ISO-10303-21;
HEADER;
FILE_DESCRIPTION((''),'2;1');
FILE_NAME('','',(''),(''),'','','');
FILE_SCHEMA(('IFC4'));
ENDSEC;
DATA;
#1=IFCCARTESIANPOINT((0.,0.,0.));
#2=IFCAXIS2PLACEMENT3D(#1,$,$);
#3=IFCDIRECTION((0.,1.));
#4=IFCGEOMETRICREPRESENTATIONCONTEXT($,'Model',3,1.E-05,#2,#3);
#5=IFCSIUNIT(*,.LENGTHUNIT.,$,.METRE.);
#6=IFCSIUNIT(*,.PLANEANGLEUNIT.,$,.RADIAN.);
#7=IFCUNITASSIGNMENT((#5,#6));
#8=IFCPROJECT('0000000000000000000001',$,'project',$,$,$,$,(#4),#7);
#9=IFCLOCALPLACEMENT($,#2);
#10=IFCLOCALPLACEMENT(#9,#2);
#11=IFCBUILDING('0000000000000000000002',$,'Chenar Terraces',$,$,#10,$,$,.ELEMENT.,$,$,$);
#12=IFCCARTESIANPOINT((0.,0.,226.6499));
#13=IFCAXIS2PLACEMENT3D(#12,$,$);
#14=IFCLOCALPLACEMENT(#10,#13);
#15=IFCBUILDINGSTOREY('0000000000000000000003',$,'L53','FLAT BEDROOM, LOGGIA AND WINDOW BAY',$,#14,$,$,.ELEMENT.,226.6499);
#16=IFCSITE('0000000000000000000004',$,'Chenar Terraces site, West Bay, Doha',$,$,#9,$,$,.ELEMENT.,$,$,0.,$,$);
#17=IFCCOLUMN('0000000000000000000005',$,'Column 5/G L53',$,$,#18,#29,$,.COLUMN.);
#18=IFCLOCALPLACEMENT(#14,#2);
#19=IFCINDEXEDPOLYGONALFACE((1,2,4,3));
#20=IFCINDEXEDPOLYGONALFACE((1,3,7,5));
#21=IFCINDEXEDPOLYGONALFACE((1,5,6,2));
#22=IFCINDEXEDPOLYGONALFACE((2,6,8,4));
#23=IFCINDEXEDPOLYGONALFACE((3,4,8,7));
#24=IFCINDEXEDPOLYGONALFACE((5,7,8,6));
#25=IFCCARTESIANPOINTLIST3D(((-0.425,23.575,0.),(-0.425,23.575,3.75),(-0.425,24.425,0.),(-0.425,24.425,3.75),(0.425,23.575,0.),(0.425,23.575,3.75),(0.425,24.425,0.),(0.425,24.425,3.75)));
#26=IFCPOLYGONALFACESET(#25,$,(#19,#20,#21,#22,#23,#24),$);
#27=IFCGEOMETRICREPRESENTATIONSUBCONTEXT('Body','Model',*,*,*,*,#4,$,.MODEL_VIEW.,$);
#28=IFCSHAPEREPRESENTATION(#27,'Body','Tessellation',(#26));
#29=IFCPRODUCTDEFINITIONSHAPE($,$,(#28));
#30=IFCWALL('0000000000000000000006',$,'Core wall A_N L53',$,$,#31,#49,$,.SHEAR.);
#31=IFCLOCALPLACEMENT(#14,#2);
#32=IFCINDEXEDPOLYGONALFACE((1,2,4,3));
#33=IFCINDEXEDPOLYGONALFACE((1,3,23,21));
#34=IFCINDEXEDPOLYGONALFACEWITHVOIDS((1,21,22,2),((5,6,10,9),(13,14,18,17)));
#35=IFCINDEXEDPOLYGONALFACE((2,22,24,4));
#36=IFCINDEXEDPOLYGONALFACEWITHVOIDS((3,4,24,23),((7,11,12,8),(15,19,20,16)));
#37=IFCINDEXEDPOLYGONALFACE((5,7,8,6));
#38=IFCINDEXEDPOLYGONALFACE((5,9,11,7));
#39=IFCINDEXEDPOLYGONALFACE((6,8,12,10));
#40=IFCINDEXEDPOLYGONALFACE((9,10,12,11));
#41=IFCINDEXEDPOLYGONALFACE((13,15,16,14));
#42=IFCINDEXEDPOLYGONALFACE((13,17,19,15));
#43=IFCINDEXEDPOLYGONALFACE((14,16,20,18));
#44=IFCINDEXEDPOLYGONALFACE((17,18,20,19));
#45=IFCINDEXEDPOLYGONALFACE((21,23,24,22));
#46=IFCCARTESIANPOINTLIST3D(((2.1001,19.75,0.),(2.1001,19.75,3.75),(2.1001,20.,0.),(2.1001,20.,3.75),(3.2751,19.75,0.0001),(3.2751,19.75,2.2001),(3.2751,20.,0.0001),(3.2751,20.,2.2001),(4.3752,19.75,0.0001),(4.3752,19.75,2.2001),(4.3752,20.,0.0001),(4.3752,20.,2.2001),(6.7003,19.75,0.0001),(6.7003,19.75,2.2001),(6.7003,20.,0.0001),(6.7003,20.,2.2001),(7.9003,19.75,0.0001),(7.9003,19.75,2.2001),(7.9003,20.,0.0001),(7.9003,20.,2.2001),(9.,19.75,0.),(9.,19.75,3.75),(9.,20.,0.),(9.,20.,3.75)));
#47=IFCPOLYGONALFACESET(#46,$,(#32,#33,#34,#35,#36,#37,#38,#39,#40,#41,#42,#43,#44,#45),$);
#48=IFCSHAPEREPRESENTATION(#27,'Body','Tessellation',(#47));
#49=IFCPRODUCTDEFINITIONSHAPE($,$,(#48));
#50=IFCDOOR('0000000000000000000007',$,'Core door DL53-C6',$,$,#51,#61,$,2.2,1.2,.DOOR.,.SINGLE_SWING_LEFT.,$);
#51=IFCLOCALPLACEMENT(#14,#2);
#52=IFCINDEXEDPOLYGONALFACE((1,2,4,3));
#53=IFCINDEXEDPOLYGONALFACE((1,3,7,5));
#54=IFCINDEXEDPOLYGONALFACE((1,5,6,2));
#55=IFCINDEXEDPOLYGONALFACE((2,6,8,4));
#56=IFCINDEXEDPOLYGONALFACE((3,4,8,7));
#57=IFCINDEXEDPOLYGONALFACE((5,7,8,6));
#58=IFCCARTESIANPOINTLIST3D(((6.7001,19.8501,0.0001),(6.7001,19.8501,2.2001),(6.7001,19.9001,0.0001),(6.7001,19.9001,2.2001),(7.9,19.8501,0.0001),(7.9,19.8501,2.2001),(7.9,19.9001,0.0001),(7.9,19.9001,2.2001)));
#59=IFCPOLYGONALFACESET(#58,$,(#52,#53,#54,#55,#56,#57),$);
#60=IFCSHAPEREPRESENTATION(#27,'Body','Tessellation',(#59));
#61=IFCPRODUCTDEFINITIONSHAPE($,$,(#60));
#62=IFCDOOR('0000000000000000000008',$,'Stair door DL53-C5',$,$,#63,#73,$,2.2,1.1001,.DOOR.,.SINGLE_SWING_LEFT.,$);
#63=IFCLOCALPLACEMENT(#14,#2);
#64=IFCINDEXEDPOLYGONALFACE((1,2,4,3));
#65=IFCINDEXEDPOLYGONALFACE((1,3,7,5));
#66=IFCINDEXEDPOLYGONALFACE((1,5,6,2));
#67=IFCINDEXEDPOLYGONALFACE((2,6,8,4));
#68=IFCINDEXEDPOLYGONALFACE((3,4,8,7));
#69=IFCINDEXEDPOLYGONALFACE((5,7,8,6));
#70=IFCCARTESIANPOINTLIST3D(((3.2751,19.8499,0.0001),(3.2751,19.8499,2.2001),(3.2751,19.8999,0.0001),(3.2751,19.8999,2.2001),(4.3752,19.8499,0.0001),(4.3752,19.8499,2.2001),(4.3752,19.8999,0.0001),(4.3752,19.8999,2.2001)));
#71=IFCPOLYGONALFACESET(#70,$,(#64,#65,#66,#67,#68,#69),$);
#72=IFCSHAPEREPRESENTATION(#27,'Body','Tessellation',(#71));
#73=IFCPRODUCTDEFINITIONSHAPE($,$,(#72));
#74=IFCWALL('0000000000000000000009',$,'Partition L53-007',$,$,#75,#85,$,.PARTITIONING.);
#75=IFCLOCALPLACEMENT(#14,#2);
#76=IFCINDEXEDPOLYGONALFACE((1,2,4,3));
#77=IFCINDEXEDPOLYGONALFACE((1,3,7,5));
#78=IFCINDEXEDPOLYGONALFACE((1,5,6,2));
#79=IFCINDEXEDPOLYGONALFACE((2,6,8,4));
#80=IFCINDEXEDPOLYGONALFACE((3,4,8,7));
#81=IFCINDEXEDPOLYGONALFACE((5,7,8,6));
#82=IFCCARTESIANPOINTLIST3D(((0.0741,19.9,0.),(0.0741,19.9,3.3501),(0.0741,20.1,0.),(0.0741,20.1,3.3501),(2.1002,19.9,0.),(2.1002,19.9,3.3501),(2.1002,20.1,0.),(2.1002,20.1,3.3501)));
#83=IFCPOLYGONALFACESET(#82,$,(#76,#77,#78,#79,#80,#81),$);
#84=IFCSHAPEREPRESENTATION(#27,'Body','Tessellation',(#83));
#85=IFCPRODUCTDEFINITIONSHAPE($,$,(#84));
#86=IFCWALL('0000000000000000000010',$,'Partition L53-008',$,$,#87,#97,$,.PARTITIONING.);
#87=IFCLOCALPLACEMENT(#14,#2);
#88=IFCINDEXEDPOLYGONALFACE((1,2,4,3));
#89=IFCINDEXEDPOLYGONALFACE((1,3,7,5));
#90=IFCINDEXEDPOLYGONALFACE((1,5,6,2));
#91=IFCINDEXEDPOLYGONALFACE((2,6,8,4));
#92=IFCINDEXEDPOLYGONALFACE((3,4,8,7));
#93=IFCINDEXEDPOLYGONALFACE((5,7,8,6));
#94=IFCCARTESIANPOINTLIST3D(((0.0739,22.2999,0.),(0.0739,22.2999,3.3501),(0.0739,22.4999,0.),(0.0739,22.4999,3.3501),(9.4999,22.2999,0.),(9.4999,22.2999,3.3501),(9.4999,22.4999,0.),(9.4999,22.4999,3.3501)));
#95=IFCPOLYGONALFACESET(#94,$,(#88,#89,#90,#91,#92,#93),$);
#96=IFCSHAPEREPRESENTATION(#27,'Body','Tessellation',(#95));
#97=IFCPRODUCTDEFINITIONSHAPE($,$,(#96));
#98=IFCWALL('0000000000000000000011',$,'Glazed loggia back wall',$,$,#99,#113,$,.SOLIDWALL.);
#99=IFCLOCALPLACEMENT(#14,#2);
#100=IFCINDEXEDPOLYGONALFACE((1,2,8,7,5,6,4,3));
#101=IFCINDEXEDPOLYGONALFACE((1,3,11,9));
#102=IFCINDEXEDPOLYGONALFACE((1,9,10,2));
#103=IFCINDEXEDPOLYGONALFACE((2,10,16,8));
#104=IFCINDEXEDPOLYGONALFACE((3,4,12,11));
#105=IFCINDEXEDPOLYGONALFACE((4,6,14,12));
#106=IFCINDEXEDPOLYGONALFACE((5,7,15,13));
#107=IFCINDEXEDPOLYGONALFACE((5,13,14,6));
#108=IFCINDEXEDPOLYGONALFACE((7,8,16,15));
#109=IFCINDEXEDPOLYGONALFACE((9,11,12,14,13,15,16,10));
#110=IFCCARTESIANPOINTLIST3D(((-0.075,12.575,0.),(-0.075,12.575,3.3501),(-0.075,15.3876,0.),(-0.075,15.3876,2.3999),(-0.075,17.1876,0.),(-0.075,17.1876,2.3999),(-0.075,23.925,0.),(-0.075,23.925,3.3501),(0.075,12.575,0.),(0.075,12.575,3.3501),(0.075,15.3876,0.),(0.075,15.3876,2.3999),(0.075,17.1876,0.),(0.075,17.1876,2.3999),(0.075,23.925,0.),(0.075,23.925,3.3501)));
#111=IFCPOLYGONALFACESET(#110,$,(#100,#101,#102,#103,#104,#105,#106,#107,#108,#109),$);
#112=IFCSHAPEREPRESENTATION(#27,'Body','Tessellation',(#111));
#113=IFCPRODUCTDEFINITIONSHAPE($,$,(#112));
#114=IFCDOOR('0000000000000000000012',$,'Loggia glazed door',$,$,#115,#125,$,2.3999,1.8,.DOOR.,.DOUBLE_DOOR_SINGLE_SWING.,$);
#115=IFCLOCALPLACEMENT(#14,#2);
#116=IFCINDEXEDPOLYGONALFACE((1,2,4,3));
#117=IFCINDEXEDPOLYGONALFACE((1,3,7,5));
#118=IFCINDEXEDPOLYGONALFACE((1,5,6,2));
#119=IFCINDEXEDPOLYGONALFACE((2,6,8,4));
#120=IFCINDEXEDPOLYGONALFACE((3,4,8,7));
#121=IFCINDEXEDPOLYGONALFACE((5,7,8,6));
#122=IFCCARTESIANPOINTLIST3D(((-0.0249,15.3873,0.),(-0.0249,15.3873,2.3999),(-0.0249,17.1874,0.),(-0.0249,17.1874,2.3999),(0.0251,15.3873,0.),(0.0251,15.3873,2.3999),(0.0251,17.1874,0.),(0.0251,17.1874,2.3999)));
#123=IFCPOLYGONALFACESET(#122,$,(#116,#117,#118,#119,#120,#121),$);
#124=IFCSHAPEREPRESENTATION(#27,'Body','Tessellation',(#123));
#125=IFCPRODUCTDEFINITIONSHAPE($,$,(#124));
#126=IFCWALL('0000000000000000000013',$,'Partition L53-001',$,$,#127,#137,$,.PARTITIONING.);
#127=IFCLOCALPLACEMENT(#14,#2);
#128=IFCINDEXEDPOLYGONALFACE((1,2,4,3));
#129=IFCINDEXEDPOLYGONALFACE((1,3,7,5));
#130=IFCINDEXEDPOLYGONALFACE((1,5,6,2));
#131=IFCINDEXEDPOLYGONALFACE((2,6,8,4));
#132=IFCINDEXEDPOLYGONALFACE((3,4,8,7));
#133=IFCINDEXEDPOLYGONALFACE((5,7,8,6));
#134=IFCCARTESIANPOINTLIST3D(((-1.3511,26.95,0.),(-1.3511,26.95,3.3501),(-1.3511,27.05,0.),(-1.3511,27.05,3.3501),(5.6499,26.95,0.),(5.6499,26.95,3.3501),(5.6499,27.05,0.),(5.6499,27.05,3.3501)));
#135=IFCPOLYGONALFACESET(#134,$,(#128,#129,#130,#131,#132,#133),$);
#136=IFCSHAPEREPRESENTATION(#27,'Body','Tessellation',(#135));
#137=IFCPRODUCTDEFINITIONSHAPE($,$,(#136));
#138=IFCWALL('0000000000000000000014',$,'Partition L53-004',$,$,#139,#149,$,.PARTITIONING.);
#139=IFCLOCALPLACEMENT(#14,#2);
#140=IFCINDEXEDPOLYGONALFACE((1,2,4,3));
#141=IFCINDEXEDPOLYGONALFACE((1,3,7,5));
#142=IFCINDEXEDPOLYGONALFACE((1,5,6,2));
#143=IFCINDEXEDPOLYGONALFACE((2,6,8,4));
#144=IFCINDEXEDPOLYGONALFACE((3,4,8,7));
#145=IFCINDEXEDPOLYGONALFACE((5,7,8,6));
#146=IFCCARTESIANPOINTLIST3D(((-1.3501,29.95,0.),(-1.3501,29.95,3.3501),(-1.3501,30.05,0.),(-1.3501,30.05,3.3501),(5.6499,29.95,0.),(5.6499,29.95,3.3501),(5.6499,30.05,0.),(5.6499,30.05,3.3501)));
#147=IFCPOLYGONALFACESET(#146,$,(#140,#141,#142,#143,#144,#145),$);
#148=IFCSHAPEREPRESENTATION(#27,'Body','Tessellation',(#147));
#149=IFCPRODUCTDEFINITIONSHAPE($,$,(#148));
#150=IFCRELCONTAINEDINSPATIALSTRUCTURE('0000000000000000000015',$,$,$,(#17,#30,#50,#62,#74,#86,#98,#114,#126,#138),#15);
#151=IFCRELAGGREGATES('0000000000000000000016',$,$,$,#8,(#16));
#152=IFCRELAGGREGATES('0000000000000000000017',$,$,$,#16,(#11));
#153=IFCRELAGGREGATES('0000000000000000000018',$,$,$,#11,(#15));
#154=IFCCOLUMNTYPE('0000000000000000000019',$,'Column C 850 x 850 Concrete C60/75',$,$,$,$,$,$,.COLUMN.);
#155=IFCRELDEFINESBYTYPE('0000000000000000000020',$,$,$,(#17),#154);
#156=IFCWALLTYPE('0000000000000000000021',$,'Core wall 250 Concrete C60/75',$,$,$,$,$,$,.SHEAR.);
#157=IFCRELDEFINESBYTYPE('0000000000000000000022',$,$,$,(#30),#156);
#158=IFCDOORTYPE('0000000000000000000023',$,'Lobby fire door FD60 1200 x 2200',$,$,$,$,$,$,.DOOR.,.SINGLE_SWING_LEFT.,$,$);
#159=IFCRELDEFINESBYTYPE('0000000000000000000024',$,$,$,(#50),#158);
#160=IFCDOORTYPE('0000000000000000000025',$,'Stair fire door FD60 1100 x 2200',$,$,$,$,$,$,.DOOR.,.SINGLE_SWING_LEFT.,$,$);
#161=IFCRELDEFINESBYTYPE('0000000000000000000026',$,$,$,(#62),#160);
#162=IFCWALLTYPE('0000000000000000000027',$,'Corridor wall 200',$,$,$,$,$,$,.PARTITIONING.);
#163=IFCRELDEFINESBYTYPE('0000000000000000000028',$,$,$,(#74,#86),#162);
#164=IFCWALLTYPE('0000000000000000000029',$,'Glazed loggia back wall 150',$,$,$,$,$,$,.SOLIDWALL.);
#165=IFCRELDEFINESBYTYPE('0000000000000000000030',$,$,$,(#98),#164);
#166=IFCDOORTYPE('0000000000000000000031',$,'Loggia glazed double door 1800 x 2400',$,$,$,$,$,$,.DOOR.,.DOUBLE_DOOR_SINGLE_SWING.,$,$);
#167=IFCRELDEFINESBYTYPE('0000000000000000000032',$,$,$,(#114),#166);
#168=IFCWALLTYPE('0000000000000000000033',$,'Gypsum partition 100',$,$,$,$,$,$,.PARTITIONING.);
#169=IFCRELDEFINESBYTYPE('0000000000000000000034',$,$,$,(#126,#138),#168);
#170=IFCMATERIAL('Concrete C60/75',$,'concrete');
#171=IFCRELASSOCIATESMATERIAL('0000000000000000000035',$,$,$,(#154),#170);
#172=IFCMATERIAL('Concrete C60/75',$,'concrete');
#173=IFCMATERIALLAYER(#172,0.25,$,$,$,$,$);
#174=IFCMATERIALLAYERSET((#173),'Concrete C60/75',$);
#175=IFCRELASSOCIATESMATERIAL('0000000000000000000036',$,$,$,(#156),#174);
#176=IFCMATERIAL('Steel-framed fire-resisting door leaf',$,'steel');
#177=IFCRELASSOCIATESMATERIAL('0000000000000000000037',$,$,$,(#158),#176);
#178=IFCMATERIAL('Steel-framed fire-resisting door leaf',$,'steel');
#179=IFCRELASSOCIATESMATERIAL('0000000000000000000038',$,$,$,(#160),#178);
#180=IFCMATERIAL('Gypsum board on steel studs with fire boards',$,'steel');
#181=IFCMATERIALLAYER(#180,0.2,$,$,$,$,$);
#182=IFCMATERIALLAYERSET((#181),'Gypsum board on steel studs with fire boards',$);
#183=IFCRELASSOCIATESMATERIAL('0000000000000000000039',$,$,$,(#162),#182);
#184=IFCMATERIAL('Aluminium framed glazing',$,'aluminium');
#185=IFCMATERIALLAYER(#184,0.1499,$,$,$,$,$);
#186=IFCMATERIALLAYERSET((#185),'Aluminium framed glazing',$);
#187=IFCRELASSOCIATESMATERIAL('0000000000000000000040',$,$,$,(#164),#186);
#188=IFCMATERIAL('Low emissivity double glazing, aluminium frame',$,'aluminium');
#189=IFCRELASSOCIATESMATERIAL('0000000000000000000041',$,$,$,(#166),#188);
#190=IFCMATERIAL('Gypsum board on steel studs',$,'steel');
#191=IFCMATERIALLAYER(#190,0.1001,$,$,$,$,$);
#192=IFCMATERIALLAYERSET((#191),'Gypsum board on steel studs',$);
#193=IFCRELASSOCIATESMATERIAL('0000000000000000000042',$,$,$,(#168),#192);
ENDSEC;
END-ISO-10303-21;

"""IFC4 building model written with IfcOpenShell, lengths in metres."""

from ifc_helpers import new_model, si_unit, direction, frame, frame_2d, origin, origin_2d, place, context, subcontext, project, spatial, rectangle, extrude, material, layer, layer_set, material_profile, profile_set, type_object, element, fill, save


model = new_model("IFC4")

# Units and contexts
model_context = context("Model", 3, precision=1e-05, world=origin(), true_north=direction((0.0, 1.0)))
body_context = subcontext(model_context, "Body", "Model", "MODEL_VIEW")
ifc_project = project(units=[si_unit("LENGTHUNIT", "METRE"), si_unit("PLANEANGLEUNIT", "RADIAN")], contexts=[model_context])

# Site, building, storey
site_placement = place(None, origin())
site = spatial("IfcSite", under=ifc_project, at=site_placement, Name="Chenar Terraces site, West Bay, Doha", CompositionType="ELEMENT", RefElevation=0.0)
building_placement = place(site_placement, origin())
building = spatial("IfcBuilding", under=site, at=building_placement, Name="Chenar Terraces", CompositionType="ELEMENT")
storey_placement = place(building_placement, frame((0.0, 0.0, 226.6499)))
storey = spatial("IfcBuildingStorey", under=building, at=storey_placement, Name="L53", Description="FLAT BEDROOM, LOGGIA AND WINDOW BAY", CompositionType="ELEMENT", Elevation=226.6499)

# Column
ifc_material_1 = material(Name="Concrete C60/75", Category="concrete")
ifc_material_profile_1 = material_profile(ifc_material_1, rectangle(XDim=0.8501, YDim=0.8501, at=origin_2d()), Name="C 850 x 850")
ifc_profile_set_1 = profile_set([ifc_material_profile_1], Name="Concrete C60/75")
column_type = type_object("IfcColumnType", Name="Column C 850 x 850 Concrete C60/75", PredefinedType="COLUMN", material=ifc_profile_set_1)
column_placement = place(storey_placement, frame((0.0, 24.0, 0.0), z_axis=(0.0, 0.0, 1.0), x_axis=(1.0, 0.0, 0.0)))
element("IfcColumn", 1, at=column_placement, inside=storey, type_object=column_type, Name="Column 5/G L53", PredefinedType="COLUMN", context=body_context, shape_type="SweptSolid", body=[
    extrude(rectangle(XDim=0.8501, YDim=0.8501, at=origin_2d()), origin(), (0.0, 0.0, 1.0), 3.75),
])

# Wall, openings, doors
ifc_material_2 = material(Name="Concrete C60/75", Category="concrete")
ifc_layer_1 = layer(ifc_material_2, 0.25)
ifc_layer_set_1 = layer_set([ifc_layer_1], Name="Concrete C60/75")
wall_type_1 = type_object("IfcWallType", Name="Core wall 250 Concrete C60/75", PredefinedType="SHEAR", material=ifc_layer_set_1)
wall_1_placement = place(storey_placement, frame((2.1001, 19.875, 0.0), z_axis=(0.0, 0.0, 1.0), x_axis=(1.0, 0.0, 0.0)))
wall_1 = element("IfcWall", 2, at=wall_1_placement, inside=storey, type_object=wall_type_1, Name="Core wall A_N L53", PredefinedType="SHEAR", context=body_context, shape_type="SweptSolid", body=[
    extrude(rectangle(XDim=6.8999, YDim=0.25, at=frame_2d((3.45, 0.0))), origin(), (0.0, 0.0, 1.0), 3.75),
])
opening_1_placement = place(wall_1_placement, frame((1.175, 0.0, 0.0)))
opening_1 = element("IfcOpeningElement", 3, at=opening_1_placement, cuts=wall_1, PredefinedType="OPENING", context=body_context, shape_type="SweptSolid", body=[
    extrude(rectangle(XDim=1.1001, YDim=2.2, at=frame_2d((0.55, 1.1001))), frame((0.0, 0.135, 0.0), z_axis=(0.0, -1.0, 0.0), x_axis=(1.0, 0.0, 0.0)), (0.0, 0.0, 1.0), 0.27),
])
opening_2_placement = place(wall_1_placement, frame((4.6001, 0.0, 0.0)))
opening_2 = element("IfcOpeningElement", 4, at=opening_2_placement, cuts=wall_1, PredefinedType="OPENING", context=body_context, shape_type="SweptSolid", body=[
    extrude(rectangle(XDim=1.2, YDim=2.2, at=frame_2d((0.6001, 1.1001))), frame((0.0, 0.135, 0.0), z_axis=(0.0, -1.0, 0.0), x_axis=(1.0, 0.0, 0.0)), (0.0, 0.0, 1.0), 0.27),
])
ifc_material_3 = material(Name="Steel-framed fire-resisting door leaf", Category="steel")
door_type_1 = type_object("IfcDoorType", Name="Lobby fire door FD60 1200 x 2200", OperationType="SINGLE_SWING_LEFT", PredefinedType="DOOR", material=ifc_material_3)
door_1_placement = place(opening_2_placement, frame((1.2, 0.0, 0.0), z_axis=(0.0, 0.0, 1.0), x_axis=(-1.0, 0.0, 0.0)))
door_1 = element("IfcDoor", 5, at=door_1_placement, inside=storey, type_object=door_type_1, Name="Core door DL53-C6", OperationType="SINGLE_SWING_LEFT", OverallHeight=2.2, OverallWidth=1.2, PredefinedType="DOOR", context=body_context, shape_type="SweptSolid", body=[
    extrude(rectangle(XDim=1.2, YDim=2.2, at=frame_2d((0.6001, 1.1001))), frame((0.0, 0.0249, 0.0), z_axis=(0.0, -1.0, 0.0), x_axis=(1.0, 0.0, 0.0)), (0.0, 0.0, 1.0), 0.05),
])
fill(opening_2, door_1)
ifc_material_4 = material(Name="Steel-framed fire-resisting door leaf", Category="steel")
door_type_2 = type_object("IfcDoorType", Name="Stair fire door FD60 1100 x 2200", OperationType="SINGLE_SWING_LEFT", PredefinedType="DOOR", material=ifc_material_4)
door_2_placement = place(opening_1_placement, origin())
door_2 = element("IfcDoor", 6, at=door_2_placement, inside=storey, type_object=door_type_2, Name="Stair door DL53-C5", OperationType="SINGLE_SWING_LEFT", OverallHeight=2.2, OverallWidth=1.1001, PredefinedType="DOOR", context=body_context, shape_type="SweptSolid", body=[
    extrude(rectangle(XDim=1.1001, YDim=2.2, at=frame_2d((0.55, 1.1001))), frame((0.0, 0.0249, 0.0), z_axis=(0.0, -1.0, 0.0), x_axis=(1.0, 0.0, 0.0)), (0.0, 0.0, 1.0), 0.05),
])
fill(opening_1, door_2)

# Walls
ifc_material_5 = material(Name="Gypsum board on steel studs with fire boards", Category="steel")
ifc_layer_2 = layer(ifc_material_5, 0.2)
ifc_layer_set_2 = layer_set([ifc_layer_2], Name="Gypsum board on steel studs with fire boards")
wall_type_2 = type_object("IfcWallType", Name="Corridor wall 200", PredefinedType="PARTITIONING", material=ifc_layer_set_2)
wall_2_placement = place(storey_placement, frame((0.074, 20.0, 0.0), z_axis=(0.0, 0.0, 1.0), x_axis=(1.0, 0.0, 0.0)))
element("IfcWall", 7, at=wall_2_placement, inside=storey, type_object=wall_type_2, Name="Partition L53-007", PredefinedType="PARTITIONING", context=body_context, shape_type="SweptSolid", body=[
    extrude(rectangle(XDim=2.0261, YDim=0.2, at=frame_2d((1.0132, 0.0))), origin(), (0.0, 0.0, 1.0), 3.3501),
])
wall_3_placement = place(storey_placement, frame((0.074, 22.3999, 0.0), z_axis=(0.0, 0.0, 1.0), x_axis=(1.0, 0.0, 0.0)))
element("IfcWall", 8, at=wall_3_placement, inside=storey, type_object=wall_type_2, Name="Partition L53-008", PredefinedType="PARTITIONING", context=body_context, shape_type="SweptSolid", body=[
    extrude(rectangle(XDim=9.426, YDim=0.2, at=frame_2d((4.7129, 0.0))), origin(), (0.0, 0.0, 1.0), 3.3501),
])

# Wall, opening, door
ifc_material_6 = material(Name="Aluminium framed glazing", Category="aluminium")
ifc_layer_3 = layer(ifc_material_6, 0.1499)
ifc_layer_set_3 = layer_set([ifc_layer_3], Name="Aluminium framed glazing")
wall_type_3 = type_object("IfcWallType", Name="Glazed loggia back wall 150", PredefinedType="SOLIDWALL", material=ifc_layer_set_3)
wall_4_placement = place(storey_placement, frame((0.0, 23.925, 0.0), z_axis=(0.0, 0.0, 1.0), x_axis=(0.0, -1.0, 0.0)))
wall_4 = element("IfcWall", 9, at=wall_4_placement, inside=storey, type_object=wall_type_3, Name="Glazed loggia back wall", PredefinedType="SOLIDWALL", context=body_context, shape_type="SweptSolid", body=[
    extrude(rectangle(XDim=11.3501, YDim=0.1499, at=frame_2d((5.675, 0.0))), origin(), (0.0, 0.0, 1.0), 3.3501),
])
opening_3_placement = place(wall_4_placement, frame((6.7375, 0.0, 0.0)))
opening_3 = element("IfcOpeningElement", 10, at=opening_3_placement, cuts=wall_4, PredefinedType="OPENING", context=body_context, shape_type="SweptSolid", body=[
    extrude(rectangle(XDim=1.8, YDim=2.3999, at=frame_2d((0.8999, 1.2))), frame((0.0, 0.085, 0.0), z_axis=(0.0, -1.0, 0.0), x_axis=(1.0, 0.0, 0.0)), (0.0, 0.0, 1.0), 0.1699),
])
ifc_material_7 = material(Name="Low emissivity double glazing, aluminium frame", Category="aluminium")
door_type_3 = type_object("IfcDoorType", Name="Loggia glazed double door 1800 x 2400", OperationType="DOUBLE_DOOR_SINGLE_SWING", PredefinedType="DOOR", material=ifc_material_7)
door_3_placement = place(opening_3_placement, frame((1.8, 0.0, 0.0), z_axis=(0.0, 0.0, 1.0), x_axis=(-1.0, 0.0, 0.0)))
door_3 = element("IfcDoor", 11, at=door_3_placement, inside=storey, type_object=door_type_3, Name="Loggia glazed door", OperationType="DOUBLE_DOOR_SINGLE_SWING", OverallHeight=2.3999, OverallWidth=1.8, PredefinedType="DOOR", context=body_context, shape_type="SweptSolid", body=[
    extrude(rectangle(XDim=1.8, YDim=2.3999, at=frame_2d((0.8999, 1.2))), frame((0.0, 0.0249, 0.0), z_axis=(0.0, -1.0, 0.0), x_axis=(1.0, 0.0, 0.0)), (0.0, 0.0, 1.0), 0.05),
])
fill(opening_3, door_3)

# Walls
ifc_material_8 = material(Name="Gypsum board on steel studs", Category="steel")
ifc_layer_4 = layer(ifc_material_8, 0.1001)
ifc_layer_set_4 = layer_set([ifc_layer_4], Name="Gypsum board on steel studs")
wall_type_4 = type_object("IfcWallType", Name="Gypsum partition 100", PredefinedType="PARTITIONING", material=ifc_layer_set_4)
wall_5_placement = place(storey_placement, frame((-1.3511, 27.0, 0.0), z_axis=(0.0, 0.0, 1.0), x_axis=(1.0, 0.0, 0.0)))
element("IfcWall", 12, at=wall_5_placement, inside=storey, type_object=wall_type_4, Name="Partition L53-001", PredefinedType="PARTITIONING", context=body_context, shape_type="SweptSolid", body=[
    extrude(rectangle(XDim=7.001, YDim=0.1001, at=frame_2d((3.5005, 0.0))), origin(), (0.0, 0.0, 1.0), 3.3501),
])
wall_6_placement = place(storey_placement, frame((-1.3501, 30.0, 0.0), z_axis=(0.0, 0.0, 1.0), x_axis=(1.0, 0.0, 0.0)))
element("IfcWall", 13, at=wall_6_placement, inside=storey, type_object=wall_type_4, Name="Partition L53-004", PredefinedType="PARTITIONING", context=body_context, shape_type="SweptSolid", body=[
    extrude(rectangle(XDim=7.0, YDim=0.1001, at=frame_2d((3.5, 0.0))), origin(), (0.0, 0.0, 1.0), 3.3501),
])

save(model, "model.ifc")
